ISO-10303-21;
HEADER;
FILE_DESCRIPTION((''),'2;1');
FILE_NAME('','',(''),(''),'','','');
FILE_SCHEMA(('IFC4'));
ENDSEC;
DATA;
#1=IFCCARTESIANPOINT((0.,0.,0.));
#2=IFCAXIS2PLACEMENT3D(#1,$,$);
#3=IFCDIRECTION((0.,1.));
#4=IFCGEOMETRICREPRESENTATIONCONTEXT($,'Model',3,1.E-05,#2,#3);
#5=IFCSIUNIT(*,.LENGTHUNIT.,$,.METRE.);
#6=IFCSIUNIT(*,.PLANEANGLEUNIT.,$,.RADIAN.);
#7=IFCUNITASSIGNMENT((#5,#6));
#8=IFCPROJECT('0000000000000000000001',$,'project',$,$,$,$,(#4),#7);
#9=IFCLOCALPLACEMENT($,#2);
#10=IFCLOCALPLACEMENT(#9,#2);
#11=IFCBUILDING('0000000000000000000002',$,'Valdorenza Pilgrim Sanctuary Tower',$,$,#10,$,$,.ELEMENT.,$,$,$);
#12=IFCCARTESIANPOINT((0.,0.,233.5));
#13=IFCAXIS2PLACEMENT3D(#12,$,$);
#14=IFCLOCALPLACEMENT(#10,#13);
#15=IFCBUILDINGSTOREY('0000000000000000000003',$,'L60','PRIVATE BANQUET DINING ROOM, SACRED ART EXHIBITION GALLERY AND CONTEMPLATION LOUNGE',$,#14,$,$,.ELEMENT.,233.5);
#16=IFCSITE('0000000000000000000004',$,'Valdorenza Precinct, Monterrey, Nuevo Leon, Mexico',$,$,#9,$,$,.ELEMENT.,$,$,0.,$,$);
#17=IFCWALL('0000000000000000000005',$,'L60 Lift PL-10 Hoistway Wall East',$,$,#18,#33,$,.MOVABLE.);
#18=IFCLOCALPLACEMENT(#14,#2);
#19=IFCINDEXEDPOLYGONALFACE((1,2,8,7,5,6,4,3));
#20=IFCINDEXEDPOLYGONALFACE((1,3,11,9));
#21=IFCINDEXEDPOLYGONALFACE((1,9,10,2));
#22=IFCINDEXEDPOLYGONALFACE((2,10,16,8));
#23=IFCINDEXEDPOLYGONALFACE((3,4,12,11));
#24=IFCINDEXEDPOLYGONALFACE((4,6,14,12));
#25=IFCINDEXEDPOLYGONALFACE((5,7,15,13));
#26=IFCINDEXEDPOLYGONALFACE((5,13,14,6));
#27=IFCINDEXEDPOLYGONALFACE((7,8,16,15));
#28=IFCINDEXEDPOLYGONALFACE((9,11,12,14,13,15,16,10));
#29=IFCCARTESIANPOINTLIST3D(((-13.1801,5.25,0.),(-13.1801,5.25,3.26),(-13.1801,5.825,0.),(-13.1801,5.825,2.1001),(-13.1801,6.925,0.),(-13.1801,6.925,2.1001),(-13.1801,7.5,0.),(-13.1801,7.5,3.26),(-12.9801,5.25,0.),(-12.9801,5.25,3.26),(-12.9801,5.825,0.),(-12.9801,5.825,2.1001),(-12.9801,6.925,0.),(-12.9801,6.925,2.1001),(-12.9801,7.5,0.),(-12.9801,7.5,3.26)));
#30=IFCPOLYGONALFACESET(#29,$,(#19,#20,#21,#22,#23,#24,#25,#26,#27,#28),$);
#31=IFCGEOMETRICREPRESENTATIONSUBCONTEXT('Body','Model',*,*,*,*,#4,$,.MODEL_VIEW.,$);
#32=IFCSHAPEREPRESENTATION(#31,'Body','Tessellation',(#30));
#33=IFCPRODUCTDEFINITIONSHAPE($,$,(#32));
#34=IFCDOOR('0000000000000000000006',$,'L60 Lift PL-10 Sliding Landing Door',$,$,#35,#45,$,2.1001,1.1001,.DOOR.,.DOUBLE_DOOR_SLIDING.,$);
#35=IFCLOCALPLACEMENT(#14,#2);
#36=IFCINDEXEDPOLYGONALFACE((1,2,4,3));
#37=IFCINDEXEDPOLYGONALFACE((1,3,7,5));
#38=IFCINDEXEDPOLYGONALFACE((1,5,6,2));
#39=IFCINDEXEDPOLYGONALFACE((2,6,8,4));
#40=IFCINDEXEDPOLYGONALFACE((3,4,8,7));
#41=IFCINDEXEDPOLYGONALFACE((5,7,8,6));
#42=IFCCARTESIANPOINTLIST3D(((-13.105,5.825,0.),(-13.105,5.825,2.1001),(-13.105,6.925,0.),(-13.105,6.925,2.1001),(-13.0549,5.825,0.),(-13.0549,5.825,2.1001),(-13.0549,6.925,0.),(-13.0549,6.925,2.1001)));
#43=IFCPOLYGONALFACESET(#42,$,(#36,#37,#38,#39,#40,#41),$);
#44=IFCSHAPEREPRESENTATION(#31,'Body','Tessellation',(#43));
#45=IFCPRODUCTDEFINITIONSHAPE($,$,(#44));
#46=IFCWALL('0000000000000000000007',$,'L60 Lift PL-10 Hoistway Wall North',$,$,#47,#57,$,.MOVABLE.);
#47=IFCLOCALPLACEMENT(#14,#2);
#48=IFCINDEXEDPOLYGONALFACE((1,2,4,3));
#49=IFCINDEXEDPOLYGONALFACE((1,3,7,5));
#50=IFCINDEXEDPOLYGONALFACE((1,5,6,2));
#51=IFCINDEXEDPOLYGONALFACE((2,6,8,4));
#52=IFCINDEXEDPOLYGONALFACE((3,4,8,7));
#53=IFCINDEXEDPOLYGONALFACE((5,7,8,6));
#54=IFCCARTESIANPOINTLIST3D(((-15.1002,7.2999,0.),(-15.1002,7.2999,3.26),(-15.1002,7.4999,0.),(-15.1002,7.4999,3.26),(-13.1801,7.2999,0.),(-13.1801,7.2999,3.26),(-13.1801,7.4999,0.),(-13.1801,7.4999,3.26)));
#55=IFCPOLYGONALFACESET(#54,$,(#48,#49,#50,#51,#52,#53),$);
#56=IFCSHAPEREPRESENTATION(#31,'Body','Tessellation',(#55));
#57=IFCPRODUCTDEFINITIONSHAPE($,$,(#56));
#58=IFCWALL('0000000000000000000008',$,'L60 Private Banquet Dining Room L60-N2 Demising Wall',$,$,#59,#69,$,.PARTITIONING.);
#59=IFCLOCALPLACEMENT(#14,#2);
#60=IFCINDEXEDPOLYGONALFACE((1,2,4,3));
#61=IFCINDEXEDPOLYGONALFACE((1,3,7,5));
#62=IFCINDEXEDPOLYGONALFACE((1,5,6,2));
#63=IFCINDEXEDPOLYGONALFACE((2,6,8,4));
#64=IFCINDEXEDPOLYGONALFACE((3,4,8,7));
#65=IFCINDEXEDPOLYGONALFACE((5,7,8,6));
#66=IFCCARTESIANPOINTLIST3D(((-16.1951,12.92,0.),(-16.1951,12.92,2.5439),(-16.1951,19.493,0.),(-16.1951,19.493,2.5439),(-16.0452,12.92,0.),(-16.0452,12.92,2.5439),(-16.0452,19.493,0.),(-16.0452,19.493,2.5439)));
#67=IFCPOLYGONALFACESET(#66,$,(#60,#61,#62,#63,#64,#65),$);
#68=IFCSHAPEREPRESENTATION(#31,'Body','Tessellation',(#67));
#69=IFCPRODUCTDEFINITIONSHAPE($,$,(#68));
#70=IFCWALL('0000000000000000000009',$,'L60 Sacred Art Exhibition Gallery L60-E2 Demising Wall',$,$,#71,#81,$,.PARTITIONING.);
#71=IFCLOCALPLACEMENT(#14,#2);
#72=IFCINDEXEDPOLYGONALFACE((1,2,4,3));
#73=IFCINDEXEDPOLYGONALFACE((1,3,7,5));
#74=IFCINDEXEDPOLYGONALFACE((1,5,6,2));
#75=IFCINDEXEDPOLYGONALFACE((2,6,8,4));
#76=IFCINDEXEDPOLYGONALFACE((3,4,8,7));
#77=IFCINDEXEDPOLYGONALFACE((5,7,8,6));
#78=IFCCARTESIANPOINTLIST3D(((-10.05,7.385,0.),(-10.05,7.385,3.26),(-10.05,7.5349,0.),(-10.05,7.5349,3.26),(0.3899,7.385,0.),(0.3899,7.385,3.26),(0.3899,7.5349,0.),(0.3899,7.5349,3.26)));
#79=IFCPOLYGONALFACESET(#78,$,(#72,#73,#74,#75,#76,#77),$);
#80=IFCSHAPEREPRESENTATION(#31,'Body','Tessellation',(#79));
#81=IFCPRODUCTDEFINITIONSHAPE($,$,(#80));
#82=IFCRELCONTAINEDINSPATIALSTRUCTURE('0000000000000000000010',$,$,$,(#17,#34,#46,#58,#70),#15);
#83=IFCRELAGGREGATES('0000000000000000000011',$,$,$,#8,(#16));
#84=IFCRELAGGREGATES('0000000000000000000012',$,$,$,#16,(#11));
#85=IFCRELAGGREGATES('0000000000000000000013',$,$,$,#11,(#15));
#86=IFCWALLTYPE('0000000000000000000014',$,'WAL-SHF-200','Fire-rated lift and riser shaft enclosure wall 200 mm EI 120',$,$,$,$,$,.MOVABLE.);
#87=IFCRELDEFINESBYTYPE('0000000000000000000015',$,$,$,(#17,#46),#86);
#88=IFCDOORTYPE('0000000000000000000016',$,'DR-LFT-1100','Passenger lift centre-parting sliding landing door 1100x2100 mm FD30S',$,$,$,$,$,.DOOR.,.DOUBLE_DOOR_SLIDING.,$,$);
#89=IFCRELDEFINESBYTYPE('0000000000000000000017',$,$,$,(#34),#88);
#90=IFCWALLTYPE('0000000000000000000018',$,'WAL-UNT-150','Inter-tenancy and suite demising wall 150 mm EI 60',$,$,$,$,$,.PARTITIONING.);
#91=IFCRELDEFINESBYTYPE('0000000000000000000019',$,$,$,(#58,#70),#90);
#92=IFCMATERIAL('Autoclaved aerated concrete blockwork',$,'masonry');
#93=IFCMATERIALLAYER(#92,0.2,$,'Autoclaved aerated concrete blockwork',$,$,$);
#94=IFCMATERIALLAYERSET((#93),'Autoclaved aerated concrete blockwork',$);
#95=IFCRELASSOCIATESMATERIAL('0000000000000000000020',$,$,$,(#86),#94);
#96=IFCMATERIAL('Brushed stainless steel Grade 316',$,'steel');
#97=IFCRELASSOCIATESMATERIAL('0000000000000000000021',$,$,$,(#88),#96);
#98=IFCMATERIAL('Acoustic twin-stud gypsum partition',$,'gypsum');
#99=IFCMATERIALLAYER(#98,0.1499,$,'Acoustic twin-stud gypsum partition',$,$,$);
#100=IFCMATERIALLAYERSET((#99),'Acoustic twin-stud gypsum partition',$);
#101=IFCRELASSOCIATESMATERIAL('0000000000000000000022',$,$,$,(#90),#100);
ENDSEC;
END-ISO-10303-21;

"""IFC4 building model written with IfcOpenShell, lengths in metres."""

from ifc_helpers import new_model, si_unit, direction, frame, frame_2d, origin, place, context, subcontext, project, spatial, rectangle, extrude, material, layer, layer_set, type_object, element, fill, save


model = new_model("IFC4")

# Units and contexts
model_context = context("Model", 3, precision=1e-05, world=origin(), true_north=direction((0.0, 1.0)))
body_context = subcontext(model_context, "Body", "Model", "MODEL_VIEW")
ifc_project = project(units=[si_unit("LENGTHUNIT", "METRE"), si_unit("PLANEANGLEUNIT", "RADIAN")], contexts=[model_context])

# Site, building, storey
site_placement = place(None, origin())
site = spatial("IfcSite", under=ifc_project, at=site_placement, Name="Valdorenza Precinct, Monterrey, Nuevo Leon, Mexico", CompositionType="ELEMENT", RefElevation=0.0)
building_placement = place(site_placement, origin())
building = spatial("IfcBuilding", under=site, at=building_placement, Name="Valdorenza Pilgrim Sanctuary Tower", CompositionType="ELEMENT")
storey_placement = place(building_placement, frame((0.0, 0.0, 233.5)))
storey = spatial("IfcBuildingStorey", under=building, at=storey_placement, Name="L60", Description="PRIVATE BANQUET DINING ROOM, SACRED ART EXHIBITION GALLERY AND CONTEMPLATION LOUNGE", CompositionType="ELEMENT", Elevation=233.5)

# Shared definitions
ifc_material_1 = material(Name="Acoustic twin-stud gypsum partition", Category="gypsum")

# Shared definitions
ifc_material_2 = material(Name="Autoclaved aerated concrete blockwork", Category="masonry")
ifc_layer_1 = layer(ifc_material_2, 0.2, Name="Autoclaved aerated concrete blockwork")
ifc_layer_set_1 = layer_set([ifc_layer_1], Name="Autoclaved aerated concrete blockwork")
wall_type_1 = type_object("IfcWallType", Name="WAL-SHF-200", Description="Fire-rated lift and riser shaft enclosure wall 200 mm EI 120", PredefinedType="MOVABLE", material=ifc_layer_set_1)
ifc_material_3 = material(Name="Brushed stainless steel Grade 316", Category="steel")

# Wall, opening, door
wall_1_placement = place(storey_placement, frame((-13.0801, 5.25, 0.0), z_axis=(0.0, 0.0, 1.0), x_axis=(0.0, 1.0, 0.0)))
wall_1 = element("IfcWall", 1, at=wall_1_placement, inside=storey, type_object=wall_type_1, Name="L60 Lift PL-10 Hoistway Wall East", PredefinedType="MOVABLE", context=body_context, shape_type="SweptSolid", body=[
    extrude(rectangle(XDim=2.25, YDim=0.2, at=frame_2d((1.125, 0.0))), origin(), (0.0, 0.0, 1.0), 3.26),
])
opening_1_placement = place(wall_1_placement, frame((0.575, 0.0, 0.0)))
opening_1 = element("IfcOpeningElement", 2, at=opening_1_placement, cuts=wall_1, PredefinedType="OPENING", context=body_context, shape_type="SweptSolid", body=[
    extrude(rectangle(XDim=1.1001, YDim=2.1001, at=frame_2d((0.55, 1.05))), frame((0.0, 0.1147, 0.0), z_axis=(0.0, -1.0, 0.0), x_axis=(1.0, 0.0, 0.0)), (0.0, 0.0, 1.0), 0.2297),
])
door_type_1 = type_object("IfcDoorType", Name="DR-LFT-1100", Description="Passenger lift centre-parting sliding landing door 1100x2100 mm FD30S", OperationType="DOUBLE_DOOR_SLIDING", PredefinedType="DOOR", material=ifc_material_3)
door_1_placement = place(opening_1_placement, origin())
door_1 = element("IfcDoor", 3, at=door_1_placement, inside=storey, type_object=door_type_1, Name="L60 Lift PL-10 Sliding Landing Door", OperationType="DOUBLE_DOOR_SLIDING", OverallHeight=2.1001, OverallWidth=1.1001, PredefinedType="DOOR", context=body_context, shape_type="SweptSolid", body=[
    extrude(rectangle(XDim=1.1001, YDim=2.1001, at=frame_2d((0.55, 1.05))), frame((0.0, 0.0249, 0.0), z_axis=(0.0, -1.0, 0.0), x_axis=(1.0, 0.0, 0.0)), (0.0, 0.0, 1.0), 0.05),
])
fill(opening_1, door_1)

# Walls
wall_2_placement = place(storey_placement, frame((-15.1001, 7.3999, 0.0), z_axis=(0.0, 0.0, 1.0), x_axis=(1.0, 0.0, 0.0)))
element("IfcWall", 4, at=wall_2_placement, inside=storey, type_object=wall_type_1, Name="L60 Lift PL-10 Hoistway Wall North", PredefinedType="MOVABLE", context=body_context, shape_type="SweptSolid", body=[
    extrude(rectangle(XDim=1.9202, YDim=0.2, at=frame_2d((0.96, 0.0))), origin(), (0.0, 0.0, 1.0), 3.26),
])
ifc_layer_2 = layer(ifc_material_1, 0.1499, Name="Acoustic twin-stud gypsum partition")
ifc_layer_set_2 = layer_set([ifc_layer_2], Name="Acoustic twin-stud gypsum partition")
wall_type_2 = type_object("IfcWallType", Name="WAL-UNT-150", Description="Inter-tenancy and suite demising wall 150 mm EI 60", PredefinedType="PARTITIONING", material=ifc_layer_set_2)
wall_3_placement = place(storey_placement, frame((-16.1201, 12.9199, 0.0), z_axis=(0.0, 0.0, 1.0), x_axis=(0.0, 1.0, 0.0)))
element("IfcWall", 5, at=wall_3_placement, inside=storey, type_object=wall_type_2, Name="L60 Private Banquet Dining Room L60-N2 Demising Wall", PredefinedType="PARTITIONING", context=body_context, shape_type="SweptSolid", body=[
    extrude(rectangle(XDim=6.573, YDim=0.1499, at=frame_2d((3.2866, 0.0))), origin(), (0.0, 0.0, 1.0), 2.5439),
])
wall_4_placement = place(storey_placement, frame((-10.05, 7.46, 0.0), z_axis=(0.0, 0.0, 1.0), x_axis=(1.0, 0.0, 0.0)))
element("IfcWall", 6, at=wall_4_placement, inside=storey, type_object=wall_type_2, Name="L60 Sacred Art Exhibition Gallery L60-E2 Demising Wall", PredefinedType="PARTITIONING", context=body_context, shape_type="SweptSolid", body=[
    extrude(rectangle(XDim=10.4399, YDim=0.1499, at=frame_2d((5.22, 0.0))), origin(), (0.0, 0.0, 1.0), 3.26),
])

save(model, "model.ifc")
